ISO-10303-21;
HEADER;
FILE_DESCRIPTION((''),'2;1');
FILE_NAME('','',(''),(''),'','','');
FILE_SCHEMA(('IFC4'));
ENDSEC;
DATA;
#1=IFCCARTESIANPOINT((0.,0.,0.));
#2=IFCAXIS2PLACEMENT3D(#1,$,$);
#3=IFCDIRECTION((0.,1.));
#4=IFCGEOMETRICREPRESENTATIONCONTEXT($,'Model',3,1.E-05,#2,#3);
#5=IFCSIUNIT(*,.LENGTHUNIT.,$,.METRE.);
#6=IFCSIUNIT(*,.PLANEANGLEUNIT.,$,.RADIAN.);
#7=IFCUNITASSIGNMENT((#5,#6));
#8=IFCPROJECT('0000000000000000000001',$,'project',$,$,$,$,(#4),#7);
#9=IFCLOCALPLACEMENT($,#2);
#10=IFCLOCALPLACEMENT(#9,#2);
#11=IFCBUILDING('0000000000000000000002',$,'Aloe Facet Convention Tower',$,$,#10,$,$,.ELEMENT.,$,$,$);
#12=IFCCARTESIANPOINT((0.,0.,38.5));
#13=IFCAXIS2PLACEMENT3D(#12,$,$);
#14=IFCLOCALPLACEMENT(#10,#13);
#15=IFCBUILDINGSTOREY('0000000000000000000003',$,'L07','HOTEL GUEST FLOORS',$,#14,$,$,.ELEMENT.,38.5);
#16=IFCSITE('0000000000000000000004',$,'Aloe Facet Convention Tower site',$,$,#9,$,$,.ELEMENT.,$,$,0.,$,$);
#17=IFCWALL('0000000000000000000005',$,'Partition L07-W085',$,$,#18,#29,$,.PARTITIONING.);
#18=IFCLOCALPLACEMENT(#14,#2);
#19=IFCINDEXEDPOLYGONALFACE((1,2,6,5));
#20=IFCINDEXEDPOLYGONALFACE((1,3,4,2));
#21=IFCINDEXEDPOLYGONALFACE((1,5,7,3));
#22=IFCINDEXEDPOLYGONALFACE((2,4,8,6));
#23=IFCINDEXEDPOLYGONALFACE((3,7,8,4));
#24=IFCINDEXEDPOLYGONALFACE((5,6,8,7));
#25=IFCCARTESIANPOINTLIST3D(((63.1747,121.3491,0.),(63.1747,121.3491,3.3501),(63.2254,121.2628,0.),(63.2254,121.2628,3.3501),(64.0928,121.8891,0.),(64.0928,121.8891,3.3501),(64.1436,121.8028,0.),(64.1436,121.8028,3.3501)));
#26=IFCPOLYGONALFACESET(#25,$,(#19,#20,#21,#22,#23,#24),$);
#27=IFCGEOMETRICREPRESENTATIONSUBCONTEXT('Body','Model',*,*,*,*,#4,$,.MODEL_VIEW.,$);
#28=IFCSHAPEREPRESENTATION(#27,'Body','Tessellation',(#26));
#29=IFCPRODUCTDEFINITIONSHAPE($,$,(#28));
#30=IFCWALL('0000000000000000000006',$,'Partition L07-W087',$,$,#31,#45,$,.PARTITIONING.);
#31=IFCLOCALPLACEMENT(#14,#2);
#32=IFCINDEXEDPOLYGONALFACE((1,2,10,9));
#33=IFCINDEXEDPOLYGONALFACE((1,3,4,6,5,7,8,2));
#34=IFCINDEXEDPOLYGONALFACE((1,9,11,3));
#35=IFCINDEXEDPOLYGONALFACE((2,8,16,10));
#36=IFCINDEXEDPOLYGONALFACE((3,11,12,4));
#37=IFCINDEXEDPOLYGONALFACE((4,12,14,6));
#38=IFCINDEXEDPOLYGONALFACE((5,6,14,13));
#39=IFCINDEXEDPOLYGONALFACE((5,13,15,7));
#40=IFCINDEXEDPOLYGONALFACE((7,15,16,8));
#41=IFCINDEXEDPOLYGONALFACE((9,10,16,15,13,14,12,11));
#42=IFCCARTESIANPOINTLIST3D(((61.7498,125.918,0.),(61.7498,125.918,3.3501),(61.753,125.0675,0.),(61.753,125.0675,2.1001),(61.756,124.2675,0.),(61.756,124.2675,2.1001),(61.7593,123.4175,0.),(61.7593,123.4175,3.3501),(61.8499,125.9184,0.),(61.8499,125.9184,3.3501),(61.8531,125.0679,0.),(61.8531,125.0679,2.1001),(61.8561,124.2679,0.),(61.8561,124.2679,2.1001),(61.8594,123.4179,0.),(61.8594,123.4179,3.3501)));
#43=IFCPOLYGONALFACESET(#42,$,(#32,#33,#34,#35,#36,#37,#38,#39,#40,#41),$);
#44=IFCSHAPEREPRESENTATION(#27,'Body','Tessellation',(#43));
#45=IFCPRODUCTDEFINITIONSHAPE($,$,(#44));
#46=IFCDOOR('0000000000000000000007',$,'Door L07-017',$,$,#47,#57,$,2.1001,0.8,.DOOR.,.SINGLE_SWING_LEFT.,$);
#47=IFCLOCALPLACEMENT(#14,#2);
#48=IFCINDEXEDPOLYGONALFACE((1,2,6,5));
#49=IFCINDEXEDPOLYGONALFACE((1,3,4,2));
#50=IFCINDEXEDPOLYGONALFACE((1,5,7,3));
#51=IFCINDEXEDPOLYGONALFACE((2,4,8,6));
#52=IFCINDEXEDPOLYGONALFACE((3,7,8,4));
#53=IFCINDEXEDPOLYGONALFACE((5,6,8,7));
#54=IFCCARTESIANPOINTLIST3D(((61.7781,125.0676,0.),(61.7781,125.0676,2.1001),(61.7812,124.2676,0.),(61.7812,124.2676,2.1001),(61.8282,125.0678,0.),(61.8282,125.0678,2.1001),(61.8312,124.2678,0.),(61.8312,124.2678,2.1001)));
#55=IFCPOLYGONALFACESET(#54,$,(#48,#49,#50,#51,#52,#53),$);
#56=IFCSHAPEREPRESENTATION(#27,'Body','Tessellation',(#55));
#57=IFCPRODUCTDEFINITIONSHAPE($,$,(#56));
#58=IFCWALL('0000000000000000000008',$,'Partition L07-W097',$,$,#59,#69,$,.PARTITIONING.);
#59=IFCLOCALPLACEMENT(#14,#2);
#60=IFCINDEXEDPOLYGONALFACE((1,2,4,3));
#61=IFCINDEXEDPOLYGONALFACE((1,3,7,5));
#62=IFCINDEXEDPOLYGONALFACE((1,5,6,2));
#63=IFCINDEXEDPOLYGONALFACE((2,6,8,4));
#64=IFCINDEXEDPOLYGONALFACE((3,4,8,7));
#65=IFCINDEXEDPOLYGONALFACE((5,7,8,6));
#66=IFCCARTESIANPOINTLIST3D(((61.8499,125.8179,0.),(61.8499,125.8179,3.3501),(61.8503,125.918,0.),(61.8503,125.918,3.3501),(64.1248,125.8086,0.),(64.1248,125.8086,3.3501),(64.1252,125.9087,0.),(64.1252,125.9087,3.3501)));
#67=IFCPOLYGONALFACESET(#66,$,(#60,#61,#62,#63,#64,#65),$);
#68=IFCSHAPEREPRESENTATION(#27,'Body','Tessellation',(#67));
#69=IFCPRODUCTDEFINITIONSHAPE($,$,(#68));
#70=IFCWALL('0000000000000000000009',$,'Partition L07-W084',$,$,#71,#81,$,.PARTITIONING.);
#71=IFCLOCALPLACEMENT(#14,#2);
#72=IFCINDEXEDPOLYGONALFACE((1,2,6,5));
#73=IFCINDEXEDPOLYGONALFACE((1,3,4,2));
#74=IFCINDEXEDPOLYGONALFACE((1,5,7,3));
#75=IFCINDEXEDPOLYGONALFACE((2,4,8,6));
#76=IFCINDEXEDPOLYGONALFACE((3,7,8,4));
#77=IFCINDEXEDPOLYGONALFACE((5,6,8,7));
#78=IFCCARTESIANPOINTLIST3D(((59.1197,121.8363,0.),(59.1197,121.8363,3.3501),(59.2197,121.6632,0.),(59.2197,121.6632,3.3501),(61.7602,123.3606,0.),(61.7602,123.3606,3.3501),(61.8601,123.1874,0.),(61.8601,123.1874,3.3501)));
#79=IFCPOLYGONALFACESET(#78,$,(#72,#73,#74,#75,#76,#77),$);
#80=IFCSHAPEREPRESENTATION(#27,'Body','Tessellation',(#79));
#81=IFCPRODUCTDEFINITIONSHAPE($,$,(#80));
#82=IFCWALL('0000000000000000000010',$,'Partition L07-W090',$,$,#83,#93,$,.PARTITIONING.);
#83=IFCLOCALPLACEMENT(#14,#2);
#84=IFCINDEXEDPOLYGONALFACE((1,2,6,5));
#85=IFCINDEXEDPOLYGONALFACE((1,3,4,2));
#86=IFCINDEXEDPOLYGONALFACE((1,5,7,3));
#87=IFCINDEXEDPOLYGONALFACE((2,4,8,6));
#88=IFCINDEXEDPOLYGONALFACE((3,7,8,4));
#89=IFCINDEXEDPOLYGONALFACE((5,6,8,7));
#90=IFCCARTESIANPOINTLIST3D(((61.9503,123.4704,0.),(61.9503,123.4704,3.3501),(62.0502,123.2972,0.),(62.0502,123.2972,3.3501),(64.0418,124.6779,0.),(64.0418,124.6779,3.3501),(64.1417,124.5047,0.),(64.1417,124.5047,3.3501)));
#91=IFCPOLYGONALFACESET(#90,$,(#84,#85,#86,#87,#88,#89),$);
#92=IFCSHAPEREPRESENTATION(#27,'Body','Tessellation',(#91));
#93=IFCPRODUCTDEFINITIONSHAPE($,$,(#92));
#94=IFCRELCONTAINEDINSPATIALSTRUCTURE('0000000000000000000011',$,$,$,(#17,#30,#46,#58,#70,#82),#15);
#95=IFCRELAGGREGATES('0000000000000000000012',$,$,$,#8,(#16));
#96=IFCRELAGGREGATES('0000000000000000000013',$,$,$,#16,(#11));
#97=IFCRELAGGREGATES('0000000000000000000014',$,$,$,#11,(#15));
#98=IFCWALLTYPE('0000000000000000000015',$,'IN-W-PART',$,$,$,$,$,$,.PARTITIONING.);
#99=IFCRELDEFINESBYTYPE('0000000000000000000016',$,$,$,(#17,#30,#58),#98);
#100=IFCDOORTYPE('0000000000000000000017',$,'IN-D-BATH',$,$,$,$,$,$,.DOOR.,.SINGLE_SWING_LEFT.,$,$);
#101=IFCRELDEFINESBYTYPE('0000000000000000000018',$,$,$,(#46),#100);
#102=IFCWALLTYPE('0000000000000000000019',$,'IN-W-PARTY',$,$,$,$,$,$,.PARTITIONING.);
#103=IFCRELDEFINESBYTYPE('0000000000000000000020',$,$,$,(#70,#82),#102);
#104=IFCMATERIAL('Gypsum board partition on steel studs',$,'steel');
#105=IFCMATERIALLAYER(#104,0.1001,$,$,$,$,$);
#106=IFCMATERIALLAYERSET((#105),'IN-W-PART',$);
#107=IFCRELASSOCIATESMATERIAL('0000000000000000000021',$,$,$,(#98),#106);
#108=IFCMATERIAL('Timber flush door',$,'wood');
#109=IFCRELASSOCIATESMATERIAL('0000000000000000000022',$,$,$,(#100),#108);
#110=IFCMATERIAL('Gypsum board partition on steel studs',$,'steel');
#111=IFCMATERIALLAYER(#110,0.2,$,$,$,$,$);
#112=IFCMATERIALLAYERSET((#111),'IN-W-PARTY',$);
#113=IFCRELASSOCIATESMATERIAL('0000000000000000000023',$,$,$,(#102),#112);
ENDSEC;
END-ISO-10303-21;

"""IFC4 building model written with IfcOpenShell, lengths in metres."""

from ifc_helpers import new_model, si_unit, direction, frame, frame_2d, origin, place, context, subcontext, project, spatial, rectangle, extrude, material, layer, layer_set, type_object, element, fill, save


model = new_model("IFC4")

# Units and contexts
model_context = context("Model", 3, precision=1e-05, world=origin(), true_north=direction((0.0, 1.0)))
body_context = subcontext(model_context, "Body", "Model", "MODEL_VIEW")
ifc_project = project(units=[si_unit("LENGTHUNIT", "METRE"), si_unit("PLANEANGLEUNIT", "RADIAN")], contexts=[model_context])

# Site, building, storey
site_placement = place(None, origin())
site = spatial("IfcSite", under=ifc_project, at=site_placement, Name="Aloe Facet Convention Tower site", CompositionType="ELEMENT", RefElevation=0.0)
building_placement = place(site_placement, origin())
building = spatial("IfcBuilding", under=site, at=building_placement, Name="Aloe Facet Convention Tower", CompositionType="ELEMENT")
storey_placement = place(building_placement, frame((0.0, 0.0, 38.5)))
storey = spatial("IfcBuildingStorey", under=building, at=storey_placement, Name="L07", Description="HOTEL GUEST FLOORS", CompositionType="ELEMENT", Elevation=38.5)

# Shared definitions
ifc_material_1 = material(Name="Gypsum board partition on steel studs", Category="steel")
ifc_layer_1 = layer(ifc_material_1, 0.1001)
ifc_layer_set_1 = layer_set([ifc_layer_1], Name="IN-W-PART")
wall_type_1 = type_object("IfcWallType", Name="IN-W-PART", PredefinedType="PARTITIONING", material=ifc_layer_set_1)
ifc_material_2 = material(Name="Timber flush door", Category="wood")
door_type = type_object("IfcDoorType", Name="IN-D-BATH", OperationType="SINGLE_SWING_LEFT", PredefinedType="DOOR", material=ifc_material_2)

# Wall
wall_1_placement = place(storey_placement, frame((63.2, 121.3059, 0.0), z_axis=(0.0, 0.0, 1.0), x_axis=(0.86197, 0.50696, 0.0)))
element("IfcWall", 1, at=wall_1_placement, inside=storey, type_object=wall_type_1, Name="Partition L07-W085", PredefinedType="PARTITIONING", context=body_context, shape_type="SweptSolid", body=[
    extrude(rectangle(XDim=1.0652, YDim=0.1001, at=frame_2d((0.5327, 0.0))), origin(), (0.0, 0.0, 1.0), 3.3501),
])

# Wall, opening, door
wall_2_placement = place(storey_placement, frame((61.8093, 123.4177, 0.0), z_axis=(0.0, 0.0, 1.0), x_axis=(-0.003808, 0.999993, 0.0)))
wall_2 = element("IfcWall", 2, at=wall_2_placement, inside=storey, type_object=wall_type_1, Name="Partition L07-W087", PredefinedType="PARTITIONING", context=body_context, shape_type="SweptSolid", body=[
    extrude(rectangle(XDim=2.5005, YDim=0.1001, at=frame_2d((1.2502, 0.0))), origin(), (0.0, 0.0, 1.0), 3.3501),
])
opening_1_placement = place(wall_2_placement, frame((0.8501, 0.0, 0.0)))
opening_1 = element("IfcOpeningElement", 3, at=opening_1_placement, cuts=wall_2, PredefinedType="OPENING", context=body_context, shape_type="SweptSolid", body=[
    extrude(rectangle(XDim=0.8, YDim=2.1001, at=frame_2d((0.3999, 1.05))), frame((0.0, 0.0601, 0.0), z_axis=(0.0, -1.0, 0.0), x_axis=(1.0, 0.0, 0.0)), (0.0, 0.0, 1.0), 0.1201),
])
door_1_placement = place(opening_1_placement, origin())
door_1 = element("IfcDoor", 4, at=door_1_placement, inside=storey, type_object=door_type, Name="Door L07-017", OperationType="SINGLE_SWING_LEFT", OverallHeight=2.1001, OverallWidth=0.8, PredefinedType="DOOR", context=body_context, shape_type="SweptSolid", body=[
    extrude(rectangle(XDim=0.8, YDim=2.1001, at=frame_2d((0.3999, 1.05))), frame((0.0, 0.0249, 0.0), z_axis=(0.0, -1.0, 0.0), x_axis=(1.0, 0.0, 0.0)), (0.0, 0.0, 1.0), 0.05),
])
fill(opening_1, door_1)

# Walls
wall_3_placement = place(storey_placement, frame((61.8501, 125.8679, 0.0), z_axis=(0.0, 0.0, 1.0), x_axis=(0.999992, -0.004078, 0.0)))
element("IfcWall", 5, at=wall_3_placement, inside=storey, type_object=wall_type_1, Name="Partition L07-W097", PredefinedType="PARTITIONING", context=body_context, shape_type="SweptSolid", body=[
    extrude(rectangle(XDim=2.2749, YDim=0.1001, at=frame_2d((1.1375, 0.0))), origin(), (0.0, 0.0, 1.0), 3.3501),
])
ifc_material_3 = material(Name="Gypsum board partition on steel studs", Category="steel")
ifc_layer_2 = layer(ifc_material_3, 0.2)
ifc_layer_set_2 = layer_set([ifc_layer_2], Name="IN-W-PARTY")
wall_type_2 = type_object("IfcWallType", Name="IN-W-PARTY", PredefinedType="PARTITIONING", material=ifc_layer_set_2)
wall_4_placement = place(storey_placement, frame((59.1697, 121.7498, 0.0), z_axis=(0.0, 0.0, 1.0), x_axis=(0.866062, 0.499937, 0.0)))
element("IfcWall", 6, at=wall_4_placement, inside=storey, type_object=wall_type_2, Name="Partition L07-W084", PredefinedType="PARTITIONING", context=body_context, shape_type="SweptSolid", body=[
    extrude(rectangle(XDim=3.0488, YDim=0.2, at=frame_2d((1.5244, 0.0))), origin(), (0.0, 0.0, 1.0), 3.3501),
])
wall_5_placement = place(storey_placement, frame((62.0002, 123.3838, 0.0), z_axis=(0.0, 0.0, 1.0), x_axis=(0.866032, 0.499988, 0.0)))
element("IfcWall", 7, at=wall_5_placement, inside=storey, type_object=wall_type_2, Name="Partition L07-W090", PredefinedType="PARTITIONING", context=body_context, shape_type="SweptSolid", body=[
    extrude(rectangle(XDim=2.415, YDim=0.2, at=frame_2d((1.2075, 0.0))), origin(), (0.0, 0.0, 1.0), 3.3501),
])

save(model, "model.ifc")
